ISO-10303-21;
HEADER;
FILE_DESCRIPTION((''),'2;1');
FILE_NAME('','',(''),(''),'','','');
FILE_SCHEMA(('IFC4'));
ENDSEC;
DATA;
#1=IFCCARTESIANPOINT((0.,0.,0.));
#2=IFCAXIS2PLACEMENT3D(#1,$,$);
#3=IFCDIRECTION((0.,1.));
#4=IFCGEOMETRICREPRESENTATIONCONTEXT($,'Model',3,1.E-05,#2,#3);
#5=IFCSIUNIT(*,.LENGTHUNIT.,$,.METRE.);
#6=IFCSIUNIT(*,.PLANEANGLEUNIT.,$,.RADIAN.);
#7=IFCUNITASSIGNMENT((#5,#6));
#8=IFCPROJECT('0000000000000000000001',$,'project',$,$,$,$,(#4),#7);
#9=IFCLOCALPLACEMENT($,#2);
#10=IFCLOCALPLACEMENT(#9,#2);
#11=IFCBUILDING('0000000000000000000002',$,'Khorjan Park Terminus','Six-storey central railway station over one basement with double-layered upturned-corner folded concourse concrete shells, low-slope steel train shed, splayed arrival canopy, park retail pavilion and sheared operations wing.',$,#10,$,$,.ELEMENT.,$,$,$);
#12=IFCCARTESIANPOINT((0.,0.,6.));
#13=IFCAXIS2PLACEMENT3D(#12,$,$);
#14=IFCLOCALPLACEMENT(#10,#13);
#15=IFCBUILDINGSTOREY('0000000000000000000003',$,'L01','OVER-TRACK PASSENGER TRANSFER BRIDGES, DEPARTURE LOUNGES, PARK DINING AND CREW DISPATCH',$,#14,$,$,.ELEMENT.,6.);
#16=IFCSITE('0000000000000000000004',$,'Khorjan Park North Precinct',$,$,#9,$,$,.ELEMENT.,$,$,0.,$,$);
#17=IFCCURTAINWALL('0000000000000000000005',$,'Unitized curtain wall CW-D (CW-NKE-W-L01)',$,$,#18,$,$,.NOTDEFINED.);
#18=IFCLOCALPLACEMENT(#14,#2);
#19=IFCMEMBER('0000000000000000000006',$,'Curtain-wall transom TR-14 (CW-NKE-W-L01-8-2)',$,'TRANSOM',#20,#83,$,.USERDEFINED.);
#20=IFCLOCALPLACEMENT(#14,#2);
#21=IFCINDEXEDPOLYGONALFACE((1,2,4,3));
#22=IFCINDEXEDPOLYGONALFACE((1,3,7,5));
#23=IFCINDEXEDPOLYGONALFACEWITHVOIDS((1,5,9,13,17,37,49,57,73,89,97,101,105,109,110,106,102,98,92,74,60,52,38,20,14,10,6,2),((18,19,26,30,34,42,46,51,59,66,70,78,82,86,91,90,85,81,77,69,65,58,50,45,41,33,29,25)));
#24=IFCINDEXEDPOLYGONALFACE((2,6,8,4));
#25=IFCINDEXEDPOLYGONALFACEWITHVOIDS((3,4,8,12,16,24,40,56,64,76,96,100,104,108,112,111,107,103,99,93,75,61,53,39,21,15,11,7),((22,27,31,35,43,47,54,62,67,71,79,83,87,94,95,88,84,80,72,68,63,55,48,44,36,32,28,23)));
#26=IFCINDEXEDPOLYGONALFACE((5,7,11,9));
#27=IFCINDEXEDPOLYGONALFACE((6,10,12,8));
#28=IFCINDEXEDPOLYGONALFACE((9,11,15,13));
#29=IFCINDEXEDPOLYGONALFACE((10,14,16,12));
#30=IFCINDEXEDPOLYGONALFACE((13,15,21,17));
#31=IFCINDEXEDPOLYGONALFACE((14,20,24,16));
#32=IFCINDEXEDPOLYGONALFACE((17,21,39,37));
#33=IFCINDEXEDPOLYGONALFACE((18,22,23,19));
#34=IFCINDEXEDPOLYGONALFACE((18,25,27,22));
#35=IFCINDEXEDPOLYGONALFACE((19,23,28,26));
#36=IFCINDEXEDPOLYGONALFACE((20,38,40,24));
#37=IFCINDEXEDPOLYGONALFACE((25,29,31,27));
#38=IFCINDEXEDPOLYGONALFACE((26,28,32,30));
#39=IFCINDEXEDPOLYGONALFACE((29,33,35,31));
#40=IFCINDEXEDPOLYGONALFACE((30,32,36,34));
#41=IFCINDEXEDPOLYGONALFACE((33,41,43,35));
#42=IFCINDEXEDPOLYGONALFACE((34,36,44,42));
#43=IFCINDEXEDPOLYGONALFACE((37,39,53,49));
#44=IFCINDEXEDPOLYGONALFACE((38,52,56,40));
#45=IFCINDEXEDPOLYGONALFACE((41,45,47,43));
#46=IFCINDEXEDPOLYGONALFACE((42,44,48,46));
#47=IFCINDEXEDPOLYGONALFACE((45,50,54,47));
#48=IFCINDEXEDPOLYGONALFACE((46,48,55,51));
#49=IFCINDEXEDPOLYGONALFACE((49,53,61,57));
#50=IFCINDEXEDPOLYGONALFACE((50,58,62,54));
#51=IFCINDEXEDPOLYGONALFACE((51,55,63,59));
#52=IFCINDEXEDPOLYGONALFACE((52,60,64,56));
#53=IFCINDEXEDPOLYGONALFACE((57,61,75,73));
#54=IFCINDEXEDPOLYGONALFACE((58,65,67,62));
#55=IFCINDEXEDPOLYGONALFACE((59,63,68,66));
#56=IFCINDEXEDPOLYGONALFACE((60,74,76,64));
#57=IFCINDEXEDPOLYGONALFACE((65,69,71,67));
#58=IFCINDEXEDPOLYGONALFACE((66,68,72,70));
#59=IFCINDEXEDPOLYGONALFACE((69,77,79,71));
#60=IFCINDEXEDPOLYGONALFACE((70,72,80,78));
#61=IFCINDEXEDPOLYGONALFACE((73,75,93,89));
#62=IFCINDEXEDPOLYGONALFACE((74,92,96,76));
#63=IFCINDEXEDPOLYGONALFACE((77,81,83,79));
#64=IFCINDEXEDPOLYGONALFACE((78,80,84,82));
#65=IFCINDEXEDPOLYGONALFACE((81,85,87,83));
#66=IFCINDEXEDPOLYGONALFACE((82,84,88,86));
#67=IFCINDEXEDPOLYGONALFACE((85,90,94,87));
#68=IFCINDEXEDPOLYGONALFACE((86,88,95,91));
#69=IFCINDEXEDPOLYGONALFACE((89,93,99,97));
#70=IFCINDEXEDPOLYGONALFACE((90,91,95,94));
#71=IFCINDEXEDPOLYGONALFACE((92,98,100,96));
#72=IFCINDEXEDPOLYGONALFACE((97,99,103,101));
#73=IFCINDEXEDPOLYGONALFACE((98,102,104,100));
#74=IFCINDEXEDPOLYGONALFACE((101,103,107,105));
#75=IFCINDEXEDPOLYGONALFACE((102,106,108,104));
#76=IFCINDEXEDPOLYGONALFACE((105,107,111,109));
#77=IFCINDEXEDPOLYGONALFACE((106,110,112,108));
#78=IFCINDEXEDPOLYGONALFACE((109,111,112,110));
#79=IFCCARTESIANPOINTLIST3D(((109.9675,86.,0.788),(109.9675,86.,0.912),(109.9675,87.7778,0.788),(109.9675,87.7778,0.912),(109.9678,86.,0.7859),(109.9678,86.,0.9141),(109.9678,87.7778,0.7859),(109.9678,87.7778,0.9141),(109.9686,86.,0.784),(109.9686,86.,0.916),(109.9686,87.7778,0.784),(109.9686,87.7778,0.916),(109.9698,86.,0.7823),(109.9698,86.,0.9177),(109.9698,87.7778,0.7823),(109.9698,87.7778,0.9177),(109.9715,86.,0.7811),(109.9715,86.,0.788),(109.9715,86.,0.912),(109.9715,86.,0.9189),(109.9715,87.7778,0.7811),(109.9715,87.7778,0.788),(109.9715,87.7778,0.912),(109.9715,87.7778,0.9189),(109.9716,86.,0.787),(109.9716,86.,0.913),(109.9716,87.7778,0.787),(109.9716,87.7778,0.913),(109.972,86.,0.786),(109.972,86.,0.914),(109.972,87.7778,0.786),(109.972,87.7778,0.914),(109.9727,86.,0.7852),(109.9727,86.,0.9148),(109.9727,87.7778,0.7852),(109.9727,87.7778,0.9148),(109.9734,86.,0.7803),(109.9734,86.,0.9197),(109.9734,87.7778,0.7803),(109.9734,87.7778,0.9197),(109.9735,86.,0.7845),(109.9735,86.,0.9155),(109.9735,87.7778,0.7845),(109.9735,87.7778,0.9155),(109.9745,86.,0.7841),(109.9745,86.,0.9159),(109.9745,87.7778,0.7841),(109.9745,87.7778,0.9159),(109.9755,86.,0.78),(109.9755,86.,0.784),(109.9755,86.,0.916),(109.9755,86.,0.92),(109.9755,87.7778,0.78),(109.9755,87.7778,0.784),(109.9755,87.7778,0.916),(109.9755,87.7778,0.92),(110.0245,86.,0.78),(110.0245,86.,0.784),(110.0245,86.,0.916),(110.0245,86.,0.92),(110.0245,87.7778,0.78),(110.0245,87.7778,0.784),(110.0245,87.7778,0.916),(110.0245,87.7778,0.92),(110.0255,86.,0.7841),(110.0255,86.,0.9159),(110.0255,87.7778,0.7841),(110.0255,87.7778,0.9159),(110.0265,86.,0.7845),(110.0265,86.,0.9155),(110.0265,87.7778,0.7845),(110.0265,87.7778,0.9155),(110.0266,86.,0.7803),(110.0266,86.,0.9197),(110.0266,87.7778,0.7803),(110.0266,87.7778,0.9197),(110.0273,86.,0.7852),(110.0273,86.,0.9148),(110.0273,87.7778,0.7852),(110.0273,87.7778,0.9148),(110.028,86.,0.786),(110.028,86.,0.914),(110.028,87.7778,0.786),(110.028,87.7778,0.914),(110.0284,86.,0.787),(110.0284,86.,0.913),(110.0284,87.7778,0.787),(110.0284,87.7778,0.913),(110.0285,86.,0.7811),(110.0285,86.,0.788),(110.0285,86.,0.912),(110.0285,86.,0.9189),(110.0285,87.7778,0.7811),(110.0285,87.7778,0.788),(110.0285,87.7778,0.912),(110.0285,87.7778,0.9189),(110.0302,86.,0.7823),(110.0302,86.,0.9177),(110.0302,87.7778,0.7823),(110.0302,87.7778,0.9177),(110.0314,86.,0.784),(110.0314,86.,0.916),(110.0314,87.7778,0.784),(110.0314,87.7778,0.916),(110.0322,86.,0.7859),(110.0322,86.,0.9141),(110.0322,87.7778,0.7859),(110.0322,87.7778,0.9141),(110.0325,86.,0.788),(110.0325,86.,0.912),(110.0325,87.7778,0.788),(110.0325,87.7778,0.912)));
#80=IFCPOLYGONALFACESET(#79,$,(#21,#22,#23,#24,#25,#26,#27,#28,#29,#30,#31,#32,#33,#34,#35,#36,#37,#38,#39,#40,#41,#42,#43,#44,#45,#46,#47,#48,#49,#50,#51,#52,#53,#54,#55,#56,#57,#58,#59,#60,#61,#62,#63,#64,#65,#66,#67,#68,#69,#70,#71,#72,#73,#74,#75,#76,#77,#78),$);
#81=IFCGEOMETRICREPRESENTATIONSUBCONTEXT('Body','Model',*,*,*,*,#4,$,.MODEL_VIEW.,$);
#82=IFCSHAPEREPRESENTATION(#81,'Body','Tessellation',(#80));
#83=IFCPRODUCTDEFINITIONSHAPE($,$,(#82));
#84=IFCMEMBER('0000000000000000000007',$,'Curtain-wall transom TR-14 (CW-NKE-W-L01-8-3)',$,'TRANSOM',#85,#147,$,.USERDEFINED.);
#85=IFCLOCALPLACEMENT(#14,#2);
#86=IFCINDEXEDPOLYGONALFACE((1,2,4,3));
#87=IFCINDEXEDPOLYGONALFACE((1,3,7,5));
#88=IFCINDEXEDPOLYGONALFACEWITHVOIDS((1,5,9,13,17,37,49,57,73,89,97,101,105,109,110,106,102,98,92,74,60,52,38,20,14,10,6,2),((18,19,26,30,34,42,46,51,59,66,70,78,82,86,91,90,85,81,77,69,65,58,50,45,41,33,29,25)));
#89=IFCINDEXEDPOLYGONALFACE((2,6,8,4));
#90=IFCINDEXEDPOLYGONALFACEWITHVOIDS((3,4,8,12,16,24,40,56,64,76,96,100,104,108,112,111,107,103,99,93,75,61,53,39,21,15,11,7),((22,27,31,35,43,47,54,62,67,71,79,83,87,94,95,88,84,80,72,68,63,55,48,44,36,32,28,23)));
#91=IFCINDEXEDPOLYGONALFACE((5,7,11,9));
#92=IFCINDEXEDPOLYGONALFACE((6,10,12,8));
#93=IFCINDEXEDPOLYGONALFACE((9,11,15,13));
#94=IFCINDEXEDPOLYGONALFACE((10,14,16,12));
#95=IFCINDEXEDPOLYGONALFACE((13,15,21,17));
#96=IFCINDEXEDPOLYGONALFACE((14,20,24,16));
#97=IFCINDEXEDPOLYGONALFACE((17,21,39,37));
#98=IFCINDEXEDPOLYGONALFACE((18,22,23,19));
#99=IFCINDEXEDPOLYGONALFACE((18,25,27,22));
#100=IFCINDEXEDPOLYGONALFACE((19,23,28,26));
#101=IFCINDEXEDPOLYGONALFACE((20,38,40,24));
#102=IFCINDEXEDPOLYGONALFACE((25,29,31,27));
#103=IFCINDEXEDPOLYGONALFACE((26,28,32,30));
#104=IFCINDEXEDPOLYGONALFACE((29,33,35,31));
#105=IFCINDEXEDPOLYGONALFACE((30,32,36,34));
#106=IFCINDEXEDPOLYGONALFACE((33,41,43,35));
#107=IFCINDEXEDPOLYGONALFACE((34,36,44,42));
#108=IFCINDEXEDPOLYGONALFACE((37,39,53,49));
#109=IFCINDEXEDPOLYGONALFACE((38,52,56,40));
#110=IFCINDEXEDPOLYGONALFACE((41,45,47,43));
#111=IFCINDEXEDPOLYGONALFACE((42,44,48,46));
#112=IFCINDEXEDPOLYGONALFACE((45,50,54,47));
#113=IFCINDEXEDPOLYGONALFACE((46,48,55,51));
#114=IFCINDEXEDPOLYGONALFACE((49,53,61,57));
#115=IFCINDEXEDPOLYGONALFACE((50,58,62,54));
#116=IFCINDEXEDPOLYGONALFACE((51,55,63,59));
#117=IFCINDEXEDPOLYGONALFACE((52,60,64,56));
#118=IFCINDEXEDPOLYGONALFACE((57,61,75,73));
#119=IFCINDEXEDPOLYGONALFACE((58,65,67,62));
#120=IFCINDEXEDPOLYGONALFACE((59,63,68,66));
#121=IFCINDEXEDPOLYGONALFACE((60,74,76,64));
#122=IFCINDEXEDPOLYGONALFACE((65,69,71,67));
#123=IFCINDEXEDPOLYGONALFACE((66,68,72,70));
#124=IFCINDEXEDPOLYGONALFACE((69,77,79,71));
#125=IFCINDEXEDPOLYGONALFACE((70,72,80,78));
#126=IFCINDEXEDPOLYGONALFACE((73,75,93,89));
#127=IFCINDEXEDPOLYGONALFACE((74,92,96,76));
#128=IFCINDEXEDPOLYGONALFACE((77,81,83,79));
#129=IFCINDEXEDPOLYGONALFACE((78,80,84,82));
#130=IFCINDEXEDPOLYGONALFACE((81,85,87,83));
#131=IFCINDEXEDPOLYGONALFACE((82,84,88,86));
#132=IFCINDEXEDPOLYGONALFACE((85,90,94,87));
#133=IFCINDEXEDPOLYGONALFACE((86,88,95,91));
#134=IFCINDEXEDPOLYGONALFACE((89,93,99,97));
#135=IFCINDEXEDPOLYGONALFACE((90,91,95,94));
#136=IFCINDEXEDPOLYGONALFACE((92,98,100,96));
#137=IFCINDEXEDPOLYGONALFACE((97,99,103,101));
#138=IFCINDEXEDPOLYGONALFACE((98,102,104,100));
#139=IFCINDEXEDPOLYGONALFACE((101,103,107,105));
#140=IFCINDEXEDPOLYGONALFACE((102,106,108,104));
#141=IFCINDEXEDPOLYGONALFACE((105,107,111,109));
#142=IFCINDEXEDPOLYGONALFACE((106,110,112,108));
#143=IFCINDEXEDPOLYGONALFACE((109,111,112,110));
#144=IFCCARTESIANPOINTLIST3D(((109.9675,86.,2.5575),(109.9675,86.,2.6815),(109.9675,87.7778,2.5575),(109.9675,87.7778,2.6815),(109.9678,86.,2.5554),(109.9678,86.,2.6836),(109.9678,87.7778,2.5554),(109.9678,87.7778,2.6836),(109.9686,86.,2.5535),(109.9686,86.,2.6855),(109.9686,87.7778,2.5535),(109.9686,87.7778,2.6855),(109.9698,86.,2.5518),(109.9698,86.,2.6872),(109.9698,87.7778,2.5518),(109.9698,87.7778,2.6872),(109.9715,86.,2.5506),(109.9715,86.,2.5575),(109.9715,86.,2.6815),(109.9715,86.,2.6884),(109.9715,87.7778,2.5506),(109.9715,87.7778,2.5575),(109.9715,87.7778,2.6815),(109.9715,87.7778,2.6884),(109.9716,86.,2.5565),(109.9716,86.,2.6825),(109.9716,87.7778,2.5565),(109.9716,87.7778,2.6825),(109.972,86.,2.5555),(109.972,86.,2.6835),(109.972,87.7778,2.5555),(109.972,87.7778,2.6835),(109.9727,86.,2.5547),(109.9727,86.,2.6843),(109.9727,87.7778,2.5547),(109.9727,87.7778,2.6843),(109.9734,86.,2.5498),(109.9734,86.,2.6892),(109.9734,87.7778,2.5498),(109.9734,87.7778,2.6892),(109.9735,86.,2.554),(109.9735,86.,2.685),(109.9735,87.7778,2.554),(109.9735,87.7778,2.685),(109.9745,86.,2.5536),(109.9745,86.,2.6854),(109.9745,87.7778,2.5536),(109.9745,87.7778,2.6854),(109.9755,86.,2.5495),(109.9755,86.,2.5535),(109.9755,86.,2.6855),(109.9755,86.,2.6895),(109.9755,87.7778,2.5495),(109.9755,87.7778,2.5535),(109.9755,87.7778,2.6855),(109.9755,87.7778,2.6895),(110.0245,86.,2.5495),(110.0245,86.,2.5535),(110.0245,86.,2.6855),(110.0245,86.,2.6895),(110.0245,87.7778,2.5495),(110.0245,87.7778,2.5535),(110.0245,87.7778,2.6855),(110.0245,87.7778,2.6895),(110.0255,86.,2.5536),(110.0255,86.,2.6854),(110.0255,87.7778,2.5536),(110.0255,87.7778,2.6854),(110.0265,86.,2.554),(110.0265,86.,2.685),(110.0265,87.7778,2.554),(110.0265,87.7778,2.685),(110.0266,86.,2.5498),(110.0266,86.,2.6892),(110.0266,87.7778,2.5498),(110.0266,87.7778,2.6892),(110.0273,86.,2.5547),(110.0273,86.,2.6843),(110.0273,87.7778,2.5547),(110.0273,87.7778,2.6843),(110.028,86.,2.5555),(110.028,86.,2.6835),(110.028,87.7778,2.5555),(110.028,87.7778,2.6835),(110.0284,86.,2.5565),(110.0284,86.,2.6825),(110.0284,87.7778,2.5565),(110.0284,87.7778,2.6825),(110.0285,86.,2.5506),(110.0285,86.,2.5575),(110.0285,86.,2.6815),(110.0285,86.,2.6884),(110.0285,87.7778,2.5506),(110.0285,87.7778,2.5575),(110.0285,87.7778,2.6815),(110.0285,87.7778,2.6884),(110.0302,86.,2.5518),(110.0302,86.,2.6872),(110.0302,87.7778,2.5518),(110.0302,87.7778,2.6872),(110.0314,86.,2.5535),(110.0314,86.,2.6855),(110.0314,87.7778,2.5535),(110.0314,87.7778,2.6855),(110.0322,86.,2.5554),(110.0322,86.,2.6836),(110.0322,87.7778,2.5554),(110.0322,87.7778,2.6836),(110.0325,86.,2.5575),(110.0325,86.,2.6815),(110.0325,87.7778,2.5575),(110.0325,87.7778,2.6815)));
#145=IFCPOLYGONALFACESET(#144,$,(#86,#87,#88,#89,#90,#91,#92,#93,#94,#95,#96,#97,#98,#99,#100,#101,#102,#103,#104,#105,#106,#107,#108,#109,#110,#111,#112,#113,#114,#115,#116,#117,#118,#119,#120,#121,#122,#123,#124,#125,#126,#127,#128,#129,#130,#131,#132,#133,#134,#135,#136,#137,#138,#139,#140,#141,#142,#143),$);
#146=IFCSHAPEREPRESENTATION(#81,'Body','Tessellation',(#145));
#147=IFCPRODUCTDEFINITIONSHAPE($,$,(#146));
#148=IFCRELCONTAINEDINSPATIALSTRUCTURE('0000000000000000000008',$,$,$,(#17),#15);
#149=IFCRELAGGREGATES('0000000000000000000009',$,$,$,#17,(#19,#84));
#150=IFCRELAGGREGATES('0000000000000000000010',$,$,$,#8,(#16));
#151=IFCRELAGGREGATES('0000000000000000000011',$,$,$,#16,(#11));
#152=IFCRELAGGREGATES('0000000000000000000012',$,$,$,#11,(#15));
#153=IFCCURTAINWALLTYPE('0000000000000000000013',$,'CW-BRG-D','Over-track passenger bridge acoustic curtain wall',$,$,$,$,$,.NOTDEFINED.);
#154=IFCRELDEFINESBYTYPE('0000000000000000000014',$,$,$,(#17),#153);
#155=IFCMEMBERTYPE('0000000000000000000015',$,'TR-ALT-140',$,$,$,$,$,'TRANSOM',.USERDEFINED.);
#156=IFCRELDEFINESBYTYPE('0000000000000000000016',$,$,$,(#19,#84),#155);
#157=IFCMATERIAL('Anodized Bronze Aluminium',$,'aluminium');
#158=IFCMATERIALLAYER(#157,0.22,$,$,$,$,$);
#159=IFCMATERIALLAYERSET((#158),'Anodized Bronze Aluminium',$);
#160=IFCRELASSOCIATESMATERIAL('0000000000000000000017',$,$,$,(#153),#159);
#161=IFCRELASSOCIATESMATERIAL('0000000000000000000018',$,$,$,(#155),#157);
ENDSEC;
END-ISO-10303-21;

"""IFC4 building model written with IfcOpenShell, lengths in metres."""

from ifc_helpers import new_model, si_unit, direction, frame, origin, origin_2d, place, context, subcontext, project, spatial, hollow_rectangle, extrude, material, layer, layer_set, material_profile, profile_set, type_object, element, aggregate, save


model = new_model("IFC4")

# Units and contexts
model_context = context("Model", 3, precision=1e-05, world=origin(), true_north=direction((0.0, 1.0)))
body_context = subcontext(model_context, "Body", "Model", "MODEL_VIEW")
ifc_project = project(units=[si_unit("LENGTHUNIT", "METRE"), si_unit("PLANEANGLEUNIT", "RADIAN")], contexts=[model_context])

# Site, building, storey
site_placement = place(None, origin())
site = spatial("IfcSite", under=ifc_project, at=site_placement, Name="Khorjan Park North Precinct", CompositionType="ELEMENT", RefElevation=0.0)
building_placement = place(site_placement, origin())
building = spatial("IfcBuilding", under=site, at=building_placement, Name="Khorjan Park Terminus", Description="Six-storey central railway station over one basement with double-layered upturned-corner folded concourse concrete shells, low-slope steel train shed, splayed arrival canopy, park retail pavilion and sheared operations wing.", CompositionType="ELEMENT")
storey_placement = place(building_placement, frame((0.0, 0.0, 6.0)))
storey = spatial("IfcBuildingStorey", under=building, at=storey_placement, Name="L01", Description="OVER-TRACK PASSENGER TRANSFER BRIDGES, DEPARTURE LOUNGES, PARK DINING AND CREW DISPATCH", CompositionType="ELEMENT", Elevation=6.0)

# Curtain wall
ifc_material_1 = material(Name="Anodized Bronze Aluminium", Category="aluminium")
ifc_layer_1 = layer(ifc_material_1, 0.22)
ifc_layer_set_1 = layer_set([ifc_layer_1], Name="Anodized Bronze Aluminium")
curtain_wall_type_1 = type_object("IfcCurtainWallType", Name="CW-BRG-D", Description="Over-track passenger bridge acoustic curtain wall", PredefinedType="NOTDEFINED", material=ifc_layer_set_1)
curtain_wall_1_placement = place(storey_placement, origin())
curtain_wall_1 = element("IfcCurtainWall", 1, at=curtain_wall_1_placement, inside=storey, type_object=curtain_wall_type_1, Name="Unitized curtain wall CW-D (CW-NKE-W-L01)", PredefinedType="NOTDEFINED")

# Members
ifc_material_profile_1 = material_profile(ifc_material_1, hollow_rectangle(XDim=0.065, YDim=0.14, WallThickness=0.004, InnerFilletRadius=0.004, OuterFilletRadius=0.008, at=origin_2d()), Name="ALT 65x140x4")
ifc_profile_set_1 = profile_set([ifc_material_profile_1], Name="Anodized Bronze Aluminium")
member_type_1 = type_object("IfcMemberType", Name="TR-ALT-140", ElementType="TRANSOM", PredefinedType="USERDEFINED", material=ifc_profile_set_1)
member_1_placement = place(storey_placement, frame((110.0, 87.7778, 0.85), z_axis=(0.0, -1.0, 0.0), x_axis=(1.0, 0.0, 0.0)))
member_1 = element("IfcMember", 2, at=member_1_placement, type_object=member_type_1, Name="Curtain-wall transom TR-14 (CW-NKE-W-L01-8-2)", ObjectType="TRANSOM", PredefinedType="USERDEFINED", context=body_context, shape_type="SweptSolid", body=[
    extrude(hollow_rectangle(XDim=0.065, YDim=0.14, WallThickness=0.004, InnerFilletRadius=0.004, OuterFilletRadius=0.008, at=origin_2d()), origin(), (0.0, 0.0, 1.0), 1.7778),
])
member_2_placement = place(storey_placement, frame((110.0, 87.7778, 2.6195), z_axis=(0.0, -1.0, 0.0), x_axis=(1.0, 0.0, 0.0)))
member_2 = element("IfcMember", 3, at=member_2_placement, type_object=member_type_1, Name="Curtain-wall transom TR-14 (CW-NKE-W-L01-8-3)", ObjectType="TRANSOM", PredefinedType="USERDEFINED", context=body_context, shape_type="SweptSolid", body=[
    extrude(hollow_rectangle(XDim=0.065, YDim=0.14, WallThickness=0.004, InnerFilletRadius=0.004, OuterFilletRadius=0.008, at=origin_2d()), origin(), (0.0, 0.0, 1.0), 1.7778),
])

aggregate(curtain_wall_1, [member_1, member_2])

save(model, "model.ifc")
